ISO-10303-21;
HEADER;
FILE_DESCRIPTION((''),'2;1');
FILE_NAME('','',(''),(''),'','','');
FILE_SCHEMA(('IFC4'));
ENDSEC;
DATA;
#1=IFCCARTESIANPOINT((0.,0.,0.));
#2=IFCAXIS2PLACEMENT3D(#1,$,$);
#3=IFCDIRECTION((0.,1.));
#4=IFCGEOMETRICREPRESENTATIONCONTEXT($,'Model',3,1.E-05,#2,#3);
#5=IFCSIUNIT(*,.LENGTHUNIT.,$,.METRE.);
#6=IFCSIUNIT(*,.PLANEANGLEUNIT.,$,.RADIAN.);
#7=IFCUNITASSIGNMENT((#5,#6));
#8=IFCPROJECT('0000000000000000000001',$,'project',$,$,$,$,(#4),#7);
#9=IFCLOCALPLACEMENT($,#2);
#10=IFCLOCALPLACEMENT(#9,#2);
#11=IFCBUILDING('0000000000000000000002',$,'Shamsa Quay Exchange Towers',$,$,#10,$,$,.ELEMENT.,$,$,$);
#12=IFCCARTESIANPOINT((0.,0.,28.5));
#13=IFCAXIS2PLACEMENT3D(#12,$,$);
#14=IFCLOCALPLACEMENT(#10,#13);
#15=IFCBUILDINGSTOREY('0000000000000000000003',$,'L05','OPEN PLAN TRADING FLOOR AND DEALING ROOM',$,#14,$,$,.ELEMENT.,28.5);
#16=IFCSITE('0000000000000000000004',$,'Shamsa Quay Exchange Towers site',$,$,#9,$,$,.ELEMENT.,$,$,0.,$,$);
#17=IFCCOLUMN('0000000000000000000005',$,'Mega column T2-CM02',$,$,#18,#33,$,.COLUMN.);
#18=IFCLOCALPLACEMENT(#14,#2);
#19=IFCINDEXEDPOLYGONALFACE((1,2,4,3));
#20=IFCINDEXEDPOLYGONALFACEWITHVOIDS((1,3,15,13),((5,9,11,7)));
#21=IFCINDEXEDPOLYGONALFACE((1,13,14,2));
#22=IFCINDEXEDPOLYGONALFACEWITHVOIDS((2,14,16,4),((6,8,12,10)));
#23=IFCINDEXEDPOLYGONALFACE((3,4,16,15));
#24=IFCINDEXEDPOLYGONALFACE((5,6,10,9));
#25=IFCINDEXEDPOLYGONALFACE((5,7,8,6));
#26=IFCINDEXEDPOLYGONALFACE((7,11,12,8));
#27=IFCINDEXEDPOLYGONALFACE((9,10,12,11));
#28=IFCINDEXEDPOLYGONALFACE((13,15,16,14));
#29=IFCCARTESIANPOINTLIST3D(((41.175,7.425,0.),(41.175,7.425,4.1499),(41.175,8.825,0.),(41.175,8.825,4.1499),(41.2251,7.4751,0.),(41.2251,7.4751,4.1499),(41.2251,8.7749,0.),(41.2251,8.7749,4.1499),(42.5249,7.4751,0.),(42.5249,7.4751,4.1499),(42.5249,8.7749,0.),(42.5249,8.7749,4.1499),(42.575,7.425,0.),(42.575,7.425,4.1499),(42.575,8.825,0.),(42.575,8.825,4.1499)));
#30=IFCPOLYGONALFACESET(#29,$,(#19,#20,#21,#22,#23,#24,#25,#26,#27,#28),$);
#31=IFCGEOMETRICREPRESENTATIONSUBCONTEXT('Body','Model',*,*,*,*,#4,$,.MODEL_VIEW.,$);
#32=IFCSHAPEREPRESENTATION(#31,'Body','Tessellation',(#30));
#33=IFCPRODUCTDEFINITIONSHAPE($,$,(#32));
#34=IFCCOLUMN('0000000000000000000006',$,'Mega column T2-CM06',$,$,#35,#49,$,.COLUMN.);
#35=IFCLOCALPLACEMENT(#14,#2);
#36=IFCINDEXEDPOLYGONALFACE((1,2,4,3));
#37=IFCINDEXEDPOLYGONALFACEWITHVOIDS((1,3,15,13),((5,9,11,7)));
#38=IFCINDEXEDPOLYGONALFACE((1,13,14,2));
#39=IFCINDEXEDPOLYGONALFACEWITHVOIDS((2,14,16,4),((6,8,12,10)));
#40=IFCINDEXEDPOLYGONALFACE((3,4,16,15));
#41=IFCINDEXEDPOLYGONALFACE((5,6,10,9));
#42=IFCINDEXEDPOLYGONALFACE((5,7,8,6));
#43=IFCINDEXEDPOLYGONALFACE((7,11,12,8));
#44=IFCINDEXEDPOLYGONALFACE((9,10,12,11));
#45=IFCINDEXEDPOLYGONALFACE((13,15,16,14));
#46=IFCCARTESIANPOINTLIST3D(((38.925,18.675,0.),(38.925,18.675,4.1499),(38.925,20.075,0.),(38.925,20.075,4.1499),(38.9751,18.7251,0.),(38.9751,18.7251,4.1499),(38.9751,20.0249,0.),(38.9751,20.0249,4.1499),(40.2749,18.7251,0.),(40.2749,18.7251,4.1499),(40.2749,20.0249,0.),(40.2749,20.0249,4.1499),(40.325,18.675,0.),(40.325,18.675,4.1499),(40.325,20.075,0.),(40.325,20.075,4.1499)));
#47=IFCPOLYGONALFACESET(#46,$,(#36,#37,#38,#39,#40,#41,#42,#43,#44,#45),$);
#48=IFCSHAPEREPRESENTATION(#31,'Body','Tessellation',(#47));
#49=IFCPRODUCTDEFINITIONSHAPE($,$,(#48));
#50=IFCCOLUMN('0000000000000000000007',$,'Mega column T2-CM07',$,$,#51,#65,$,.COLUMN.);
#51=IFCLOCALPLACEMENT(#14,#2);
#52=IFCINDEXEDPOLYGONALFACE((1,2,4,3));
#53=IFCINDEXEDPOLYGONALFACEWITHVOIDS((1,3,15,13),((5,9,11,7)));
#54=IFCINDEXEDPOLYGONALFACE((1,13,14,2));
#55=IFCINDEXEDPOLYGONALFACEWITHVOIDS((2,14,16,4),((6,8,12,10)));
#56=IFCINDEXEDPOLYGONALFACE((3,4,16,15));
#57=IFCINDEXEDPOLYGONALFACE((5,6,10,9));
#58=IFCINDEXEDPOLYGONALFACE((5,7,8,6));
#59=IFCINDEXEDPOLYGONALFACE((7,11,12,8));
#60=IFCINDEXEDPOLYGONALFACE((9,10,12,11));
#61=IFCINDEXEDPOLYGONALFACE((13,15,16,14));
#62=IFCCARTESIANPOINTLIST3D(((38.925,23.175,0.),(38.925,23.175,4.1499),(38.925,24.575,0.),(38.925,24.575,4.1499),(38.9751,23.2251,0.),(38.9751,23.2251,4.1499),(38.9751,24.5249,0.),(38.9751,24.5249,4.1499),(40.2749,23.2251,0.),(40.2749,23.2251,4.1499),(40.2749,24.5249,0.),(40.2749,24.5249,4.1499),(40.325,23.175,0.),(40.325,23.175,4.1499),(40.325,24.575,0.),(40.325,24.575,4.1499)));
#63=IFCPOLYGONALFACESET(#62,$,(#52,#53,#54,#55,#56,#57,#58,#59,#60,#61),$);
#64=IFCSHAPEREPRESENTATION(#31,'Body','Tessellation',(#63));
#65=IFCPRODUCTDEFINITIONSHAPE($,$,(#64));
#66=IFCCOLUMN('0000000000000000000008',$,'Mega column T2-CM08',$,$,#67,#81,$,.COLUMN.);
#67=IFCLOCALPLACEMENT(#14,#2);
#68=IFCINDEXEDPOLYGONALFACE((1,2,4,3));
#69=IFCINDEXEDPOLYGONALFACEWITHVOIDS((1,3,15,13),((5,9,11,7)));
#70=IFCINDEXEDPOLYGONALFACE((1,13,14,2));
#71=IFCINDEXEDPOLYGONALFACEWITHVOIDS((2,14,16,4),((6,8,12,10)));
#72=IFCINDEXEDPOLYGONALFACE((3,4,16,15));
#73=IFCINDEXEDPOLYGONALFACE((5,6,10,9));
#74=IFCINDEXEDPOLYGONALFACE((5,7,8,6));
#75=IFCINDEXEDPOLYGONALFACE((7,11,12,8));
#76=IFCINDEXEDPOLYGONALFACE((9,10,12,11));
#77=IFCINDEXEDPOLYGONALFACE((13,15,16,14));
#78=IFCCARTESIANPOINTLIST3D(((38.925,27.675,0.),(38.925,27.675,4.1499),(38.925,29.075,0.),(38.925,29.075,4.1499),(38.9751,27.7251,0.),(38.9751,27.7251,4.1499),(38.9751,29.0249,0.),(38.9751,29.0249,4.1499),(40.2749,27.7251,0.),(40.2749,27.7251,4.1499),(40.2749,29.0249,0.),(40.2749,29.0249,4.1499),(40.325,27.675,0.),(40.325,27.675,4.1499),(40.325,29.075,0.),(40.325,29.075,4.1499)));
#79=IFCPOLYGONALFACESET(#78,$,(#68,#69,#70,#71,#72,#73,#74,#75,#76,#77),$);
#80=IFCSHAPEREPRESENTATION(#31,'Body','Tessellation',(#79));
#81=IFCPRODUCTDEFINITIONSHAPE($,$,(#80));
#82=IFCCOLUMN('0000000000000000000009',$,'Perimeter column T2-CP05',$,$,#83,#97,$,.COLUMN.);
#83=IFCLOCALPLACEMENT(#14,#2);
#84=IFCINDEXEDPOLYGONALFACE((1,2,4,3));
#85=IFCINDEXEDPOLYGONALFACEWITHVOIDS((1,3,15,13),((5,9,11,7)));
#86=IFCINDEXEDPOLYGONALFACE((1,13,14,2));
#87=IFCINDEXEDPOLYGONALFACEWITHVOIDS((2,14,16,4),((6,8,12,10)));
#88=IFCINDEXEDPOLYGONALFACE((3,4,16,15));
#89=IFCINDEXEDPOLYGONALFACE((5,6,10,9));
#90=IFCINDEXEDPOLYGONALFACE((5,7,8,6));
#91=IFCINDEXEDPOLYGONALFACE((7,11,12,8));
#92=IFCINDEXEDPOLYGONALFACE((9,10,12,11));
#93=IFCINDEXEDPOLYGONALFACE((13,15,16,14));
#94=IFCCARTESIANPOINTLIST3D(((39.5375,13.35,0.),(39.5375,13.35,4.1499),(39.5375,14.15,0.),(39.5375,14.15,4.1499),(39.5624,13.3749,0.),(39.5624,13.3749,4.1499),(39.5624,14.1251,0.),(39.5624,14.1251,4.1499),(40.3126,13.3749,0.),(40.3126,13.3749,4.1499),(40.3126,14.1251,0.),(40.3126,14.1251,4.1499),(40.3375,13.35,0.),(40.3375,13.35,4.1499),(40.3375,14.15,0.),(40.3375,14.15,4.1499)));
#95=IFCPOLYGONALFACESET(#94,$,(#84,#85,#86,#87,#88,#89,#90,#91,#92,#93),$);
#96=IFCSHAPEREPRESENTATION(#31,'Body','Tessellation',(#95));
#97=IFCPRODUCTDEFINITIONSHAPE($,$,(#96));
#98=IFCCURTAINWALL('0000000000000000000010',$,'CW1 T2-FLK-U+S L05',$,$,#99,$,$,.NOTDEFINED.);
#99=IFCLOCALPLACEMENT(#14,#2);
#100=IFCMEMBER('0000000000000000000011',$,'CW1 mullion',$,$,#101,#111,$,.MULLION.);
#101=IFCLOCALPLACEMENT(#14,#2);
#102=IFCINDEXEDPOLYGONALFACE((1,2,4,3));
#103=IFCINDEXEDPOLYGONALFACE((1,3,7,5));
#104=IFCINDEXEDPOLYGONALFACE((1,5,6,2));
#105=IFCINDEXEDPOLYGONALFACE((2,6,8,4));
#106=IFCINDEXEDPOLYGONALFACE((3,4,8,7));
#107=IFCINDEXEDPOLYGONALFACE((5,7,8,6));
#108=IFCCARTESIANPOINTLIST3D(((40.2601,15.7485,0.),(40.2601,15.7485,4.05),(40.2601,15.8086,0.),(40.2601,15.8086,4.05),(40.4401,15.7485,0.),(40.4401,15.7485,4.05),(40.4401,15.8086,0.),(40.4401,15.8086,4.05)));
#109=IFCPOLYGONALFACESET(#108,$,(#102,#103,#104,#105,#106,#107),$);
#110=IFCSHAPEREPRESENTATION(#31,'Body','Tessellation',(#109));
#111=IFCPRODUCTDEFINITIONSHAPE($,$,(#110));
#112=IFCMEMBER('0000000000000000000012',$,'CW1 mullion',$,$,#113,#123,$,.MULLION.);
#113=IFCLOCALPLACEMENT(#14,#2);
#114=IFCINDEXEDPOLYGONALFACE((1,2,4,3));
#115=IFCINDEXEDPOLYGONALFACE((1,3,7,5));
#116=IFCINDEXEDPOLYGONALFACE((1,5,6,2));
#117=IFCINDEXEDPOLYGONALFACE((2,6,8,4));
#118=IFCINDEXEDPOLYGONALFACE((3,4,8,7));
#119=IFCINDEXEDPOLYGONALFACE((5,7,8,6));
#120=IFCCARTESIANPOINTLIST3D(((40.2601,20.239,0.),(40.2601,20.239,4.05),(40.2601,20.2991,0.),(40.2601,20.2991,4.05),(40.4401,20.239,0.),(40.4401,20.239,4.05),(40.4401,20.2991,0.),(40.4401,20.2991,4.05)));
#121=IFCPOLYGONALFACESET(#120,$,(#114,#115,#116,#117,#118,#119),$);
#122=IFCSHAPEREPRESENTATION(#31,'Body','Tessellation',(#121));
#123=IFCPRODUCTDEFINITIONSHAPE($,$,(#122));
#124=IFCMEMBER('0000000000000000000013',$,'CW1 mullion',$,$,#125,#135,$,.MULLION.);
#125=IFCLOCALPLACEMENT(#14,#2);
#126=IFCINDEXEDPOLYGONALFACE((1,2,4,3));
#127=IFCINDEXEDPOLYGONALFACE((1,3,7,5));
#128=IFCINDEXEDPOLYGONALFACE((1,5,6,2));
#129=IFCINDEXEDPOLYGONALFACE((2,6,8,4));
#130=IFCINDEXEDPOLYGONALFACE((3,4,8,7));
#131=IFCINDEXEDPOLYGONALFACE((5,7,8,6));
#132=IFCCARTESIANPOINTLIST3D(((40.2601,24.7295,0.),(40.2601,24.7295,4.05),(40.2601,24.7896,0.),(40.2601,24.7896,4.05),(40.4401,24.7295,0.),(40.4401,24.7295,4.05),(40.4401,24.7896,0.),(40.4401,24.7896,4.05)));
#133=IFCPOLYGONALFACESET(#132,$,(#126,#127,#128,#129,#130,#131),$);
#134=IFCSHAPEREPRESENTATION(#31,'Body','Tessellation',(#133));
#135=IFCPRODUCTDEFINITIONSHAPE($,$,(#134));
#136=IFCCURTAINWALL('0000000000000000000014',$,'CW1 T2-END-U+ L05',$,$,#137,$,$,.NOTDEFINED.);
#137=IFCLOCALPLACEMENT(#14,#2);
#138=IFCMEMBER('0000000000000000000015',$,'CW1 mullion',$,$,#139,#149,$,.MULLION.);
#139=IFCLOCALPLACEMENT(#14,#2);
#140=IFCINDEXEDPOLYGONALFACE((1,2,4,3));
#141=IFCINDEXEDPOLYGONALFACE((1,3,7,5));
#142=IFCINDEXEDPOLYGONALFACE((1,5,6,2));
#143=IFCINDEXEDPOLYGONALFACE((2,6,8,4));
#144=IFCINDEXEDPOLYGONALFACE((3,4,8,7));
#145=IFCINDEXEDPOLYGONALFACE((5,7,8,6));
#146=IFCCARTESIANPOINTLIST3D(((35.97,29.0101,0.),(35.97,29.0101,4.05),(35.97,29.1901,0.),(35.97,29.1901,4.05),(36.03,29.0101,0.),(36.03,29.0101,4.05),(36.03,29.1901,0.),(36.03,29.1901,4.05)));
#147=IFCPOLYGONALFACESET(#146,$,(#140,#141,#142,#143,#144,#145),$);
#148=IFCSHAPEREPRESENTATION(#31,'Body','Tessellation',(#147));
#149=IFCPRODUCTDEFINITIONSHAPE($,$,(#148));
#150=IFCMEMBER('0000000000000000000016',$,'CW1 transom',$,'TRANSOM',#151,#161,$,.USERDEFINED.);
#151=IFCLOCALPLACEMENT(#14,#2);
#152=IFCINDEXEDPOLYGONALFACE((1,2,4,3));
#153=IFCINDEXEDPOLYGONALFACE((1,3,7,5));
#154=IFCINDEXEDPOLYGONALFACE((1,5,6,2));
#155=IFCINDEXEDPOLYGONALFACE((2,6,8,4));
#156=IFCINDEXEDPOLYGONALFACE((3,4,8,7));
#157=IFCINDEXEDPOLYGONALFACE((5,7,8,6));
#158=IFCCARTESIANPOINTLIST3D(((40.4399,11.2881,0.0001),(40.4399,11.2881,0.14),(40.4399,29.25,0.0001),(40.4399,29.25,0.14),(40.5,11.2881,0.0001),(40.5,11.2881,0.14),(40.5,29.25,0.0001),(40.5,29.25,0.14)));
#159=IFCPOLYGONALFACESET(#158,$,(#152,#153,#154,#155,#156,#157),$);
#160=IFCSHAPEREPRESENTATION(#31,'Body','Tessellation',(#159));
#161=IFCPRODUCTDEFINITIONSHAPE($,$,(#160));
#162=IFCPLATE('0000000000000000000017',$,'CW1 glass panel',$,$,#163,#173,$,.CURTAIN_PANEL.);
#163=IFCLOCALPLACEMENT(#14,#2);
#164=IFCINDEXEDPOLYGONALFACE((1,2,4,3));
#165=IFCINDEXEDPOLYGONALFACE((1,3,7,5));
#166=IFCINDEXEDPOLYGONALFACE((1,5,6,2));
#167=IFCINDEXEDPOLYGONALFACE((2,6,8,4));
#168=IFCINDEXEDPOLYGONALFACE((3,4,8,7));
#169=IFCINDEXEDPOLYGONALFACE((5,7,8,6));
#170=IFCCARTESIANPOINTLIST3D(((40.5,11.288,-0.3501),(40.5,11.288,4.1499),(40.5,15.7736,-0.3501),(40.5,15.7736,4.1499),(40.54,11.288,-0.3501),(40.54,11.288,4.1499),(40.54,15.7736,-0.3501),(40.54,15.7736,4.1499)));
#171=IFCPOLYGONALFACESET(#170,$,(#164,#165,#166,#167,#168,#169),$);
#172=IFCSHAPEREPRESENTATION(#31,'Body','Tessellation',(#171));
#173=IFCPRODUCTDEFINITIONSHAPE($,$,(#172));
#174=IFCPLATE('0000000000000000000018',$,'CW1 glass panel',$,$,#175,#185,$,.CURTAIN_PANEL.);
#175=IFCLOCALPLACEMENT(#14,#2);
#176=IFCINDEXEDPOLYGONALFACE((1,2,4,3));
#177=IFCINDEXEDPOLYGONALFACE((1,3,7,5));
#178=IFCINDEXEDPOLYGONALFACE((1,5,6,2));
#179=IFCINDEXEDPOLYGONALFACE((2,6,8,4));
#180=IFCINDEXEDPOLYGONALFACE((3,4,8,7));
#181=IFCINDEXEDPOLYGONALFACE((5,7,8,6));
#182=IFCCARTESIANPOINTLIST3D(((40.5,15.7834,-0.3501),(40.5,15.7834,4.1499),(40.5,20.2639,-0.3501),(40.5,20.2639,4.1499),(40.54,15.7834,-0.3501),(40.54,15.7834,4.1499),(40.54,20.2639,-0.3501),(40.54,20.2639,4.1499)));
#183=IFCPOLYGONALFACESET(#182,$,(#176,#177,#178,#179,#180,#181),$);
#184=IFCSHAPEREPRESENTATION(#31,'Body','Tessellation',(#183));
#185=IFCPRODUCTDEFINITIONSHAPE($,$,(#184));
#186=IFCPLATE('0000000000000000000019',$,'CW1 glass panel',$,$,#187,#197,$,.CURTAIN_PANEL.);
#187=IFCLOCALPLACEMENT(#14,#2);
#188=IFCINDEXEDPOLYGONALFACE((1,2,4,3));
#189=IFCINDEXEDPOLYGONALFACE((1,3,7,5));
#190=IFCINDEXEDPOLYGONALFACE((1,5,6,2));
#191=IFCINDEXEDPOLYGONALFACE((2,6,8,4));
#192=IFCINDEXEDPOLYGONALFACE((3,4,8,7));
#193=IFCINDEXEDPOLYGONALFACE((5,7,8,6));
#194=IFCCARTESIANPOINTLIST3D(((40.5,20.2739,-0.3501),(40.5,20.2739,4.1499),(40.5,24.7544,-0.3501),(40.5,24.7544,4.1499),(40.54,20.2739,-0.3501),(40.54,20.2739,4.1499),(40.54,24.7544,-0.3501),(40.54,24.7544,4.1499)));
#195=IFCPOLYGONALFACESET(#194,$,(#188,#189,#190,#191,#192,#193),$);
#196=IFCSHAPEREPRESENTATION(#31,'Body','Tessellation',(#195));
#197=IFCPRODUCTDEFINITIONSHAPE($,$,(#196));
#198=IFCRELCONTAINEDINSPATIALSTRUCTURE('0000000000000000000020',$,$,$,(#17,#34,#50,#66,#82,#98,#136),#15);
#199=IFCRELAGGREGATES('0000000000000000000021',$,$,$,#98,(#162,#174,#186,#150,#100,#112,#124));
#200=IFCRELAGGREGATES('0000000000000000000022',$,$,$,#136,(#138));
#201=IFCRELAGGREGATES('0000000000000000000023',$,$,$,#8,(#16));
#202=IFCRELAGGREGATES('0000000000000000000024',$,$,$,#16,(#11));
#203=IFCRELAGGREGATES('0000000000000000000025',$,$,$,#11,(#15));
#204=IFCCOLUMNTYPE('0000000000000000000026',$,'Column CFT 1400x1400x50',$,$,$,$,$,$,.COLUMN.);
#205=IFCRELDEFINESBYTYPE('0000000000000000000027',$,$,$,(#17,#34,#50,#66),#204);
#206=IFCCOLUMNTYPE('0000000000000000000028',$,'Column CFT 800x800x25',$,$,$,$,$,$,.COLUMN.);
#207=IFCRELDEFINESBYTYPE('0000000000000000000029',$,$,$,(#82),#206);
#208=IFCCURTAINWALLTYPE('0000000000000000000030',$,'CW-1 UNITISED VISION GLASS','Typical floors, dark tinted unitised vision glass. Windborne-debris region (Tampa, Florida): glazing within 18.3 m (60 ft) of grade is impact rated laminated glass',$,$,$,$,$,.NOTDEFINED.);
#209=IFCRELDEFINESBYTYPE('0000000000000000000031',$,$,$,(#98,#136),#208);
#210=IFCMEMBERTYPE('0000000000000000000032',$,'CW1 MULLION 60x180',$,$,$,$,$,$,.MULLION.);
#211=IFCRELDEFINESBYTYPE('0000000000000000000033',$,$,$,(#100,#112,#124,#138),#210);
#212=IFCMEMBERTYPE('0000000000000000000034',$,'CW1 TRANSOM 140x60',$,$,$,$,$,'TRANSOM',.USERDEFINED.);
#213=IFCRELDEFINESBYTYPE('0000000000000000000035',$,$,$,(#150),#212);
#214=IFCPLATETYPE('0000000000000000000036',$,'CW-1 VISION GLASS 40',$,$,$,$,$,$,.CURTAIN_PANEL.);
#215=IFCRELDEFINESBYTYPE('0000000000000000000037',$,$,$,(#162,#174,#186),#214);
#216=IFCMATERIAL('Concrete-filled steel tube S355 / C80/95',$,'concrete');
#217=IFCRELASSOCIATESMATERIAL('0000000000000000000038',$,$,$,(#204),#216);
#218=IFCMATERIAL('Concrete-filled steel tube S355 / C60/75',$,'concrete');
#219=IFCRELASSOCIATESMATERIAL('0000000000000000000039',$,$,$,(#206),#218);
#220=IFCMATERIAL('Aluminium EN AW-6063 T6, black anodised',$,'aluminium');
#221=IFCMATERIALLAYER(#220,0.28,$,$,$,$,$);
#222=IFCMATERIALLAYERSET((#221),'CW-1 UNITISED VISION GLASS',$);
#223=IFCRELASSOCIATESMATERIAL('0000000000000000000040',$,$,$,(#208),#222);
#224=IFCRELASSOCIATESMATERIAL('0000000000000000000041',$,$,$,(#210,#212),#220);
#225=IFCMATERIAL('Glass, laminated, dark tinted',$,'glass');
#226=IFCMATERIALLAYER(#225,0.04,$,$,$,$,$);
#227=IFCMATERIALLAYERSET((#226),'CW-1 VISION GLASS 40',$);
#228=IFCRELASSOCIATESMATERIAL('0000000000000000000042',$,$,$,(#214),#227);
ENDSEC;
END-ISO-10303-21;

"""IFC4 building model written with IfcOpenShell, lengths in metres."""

from ifc_helpers import new_model, si_unit, direction, frame, origin, origin_2d, place, context, subcontext, project, spatial, rectangle, hollow_rectangle, extrude, material, layer, layer_set, material_profile, profile_set, type_object, element, aggregate, save


model = new_model("IFC4")

# Units and contexts
model_context = context("Model", 3, precision=1e-05, world=origin(), true_north=direction((0.0, 1.0)))
body_context = subcontext(model_context, "Body", "Model", "MODEL_VIEW")
ifc_project = project(units=[si_unit("LENGTHUNIT", "METRE"), si_unit("PLANEANGLEUNIT", "RADIAN")], contexts=[model_context])

# Site, building, storey
site_placement = place(None, origin())
site = spatial("IfcSite", under=ifc_project, at=site_placement, Name="Shamsa Quay Exchange Towers site", CompositionType="ELEMENT", RefElevation=0.0)
building_placement = place(site_placement, origin())
building = spatial("IfcBuilding", under=site, at=building_placement, Name="Shamsa Quay Exchange Towers", CompositionType="ELEMENT")
storey_placement = place(building_placement, frame((0.0, 0.0, 28.5)))
storey = spatial("IfcBuildingStorey", under=building, at=storey_placement, Name="L05", Description="OPEN PLAN TRADING FLOOR AND DEALING ROOM", CompositionType="ELEMENT", Elevation=28.5)

# Columns
ifc_material_1 = material(Name="Concrete-filled steel tube S355 / C80/95", Category="concrete")
ifc_material_profile_1 = material_profile(ifc_material_1, hollow_rectangle(XDim=1.3999, YDim=1.3999, WallThickness=0.05, at=origin_2d()), Name="CFT 1400x1400x50")
ifc_profile_set_1 = profile_set([ifc_material_profile_1], Name="Concrete-filled steel tube S355 / C80/95")
column_type_1 = type_object("IfcColumnType", Name="Column CFT 1400x1400x50", PredefinedType="COLUMN", material=ifc_profile_set_1)
for number, where, name in (
    (1, (41.875, 8.125, 0.0), "Mega column T2-CM02"),
    (2, (39.625, 19.375, 0.0), "Mega column T2-CM06"),
    (3, (39.625, 23.875, 0.0), "Mega column T2-CM07"),
    (4, (39.625, 28.375, 0.0), "Mega column T2-CM08"),
):
    element("IfcColumn", number, at=place(storey_placement, frame(where)), inside=storey, type_object=column_type_1, Name=name, PredefinedType="COLUMN", context=body_context, shape_type="SweptSolid", body=[
        extrude(hollow_rectangle(XDim=1.3999, YDim=1.3999, WallThickness=0.05, at=origin_2d()), origin(), (0.0, 0.0, 1.0), 4.1499),
    ])
ifc_material_2 = material(Name="Concrete-filled steel tube S355 / C60/75", Category="concrete")
ifc_material_profile_2 = material_profile(ifc_material_2, hollow_rectangle(XDim=0.8, YDim=0.8, WallThickness=0.0249, at=origin_2d()), Name="CFT 800x800x25")
ifc_profile_set_2 = profile_set([ifc_material_profile_2], Name="Concrete-filled steel tube S355 / C60/75")
column_type_2 = type_object("IfcColumnType", Name="Column CFT 800x800x25", PredefinedType="COLUMN", material=ifc_profile_set_2)
column_placement = place(storey_placement, frame((39.9375, 13.75, 0.0)))
element("IfcColumn", 5, at=column_placement, inside=storey, type_object=column_type_2, Name="Perimeter column T2-CP05", PredefinedType="COLUMN", context=body_context, shape_type="SweptSolid", body=[
    extrude(hollow_rectangle(XDim=0.8, YDim=0.8, WallThickness=0.0249, at=origin_2d()), origin(), (0.0, 0.0, 1.0), 4.1499),
])

# Curtain wall, members
ifc_material_3 = material(Name="Aluminium EN AW-6063 T6, black anodised", Category="aluminium")
ifc_layer_1 = layer(ifc_material_3, 0.28)
ifc_layer_set_1 = layer_set([ifc_layer_1], Name="CW-1 UNITISED VISION GLASS")
curtain_wall_type_1 = type_object("IfcCurtainWallType", Name="CW-1 UNITISED VISION GLASS", Description="Typical floors, dark tinted unitised vision glass. Windborne-debris region (Tampa, Florida): glazing within 18.3 m (60 ft) of grade is impact rated laminated glass", PredefinedType="NOTDEFINED", material=ifc_layer_set_1)
curtain_wall_1_placement = place(storey_placement, origin())
curtain_wall_1 = element("IfcCurtainWall", 6, at=curtain_wall_1_placement, inside=storey, type_object=curtain_wall_type_1, Name="CW1 T2-FLK-U+S L05", PredefinedType="NOTDEFINED")
ifc_material_profile_3 = material_profile(ifc_material_3, rectangle(XDim=0.1799, YDim=0.0601, at=origin_2d()), Name="MU60x180")
ifc_profile_set_3 = profile_set([ifc_material_profile_3], Name="Aluminium EN AW-6063 T6, black anodised")
member_type_1 = type_object("IfcMemberType", Name="CW1 MULLION 60x180", PredefinedType="MULLION", material=ifc_profile_set_3)
member_1_placement = place(storey_placement, frame((40.3501, 15.7786, 0.0), z_axis=(0.0, 0.0, 1.0), x_axis=(-1.0, 0.0, 0.0)))
member_1 = element("IfcMember", 7, at=member_1_placement, type_object=member_type_1, Name="CW1 mullion", PredefinedType="MULLION", context=body_context, shape_type="SweptSolid", body=[
    extrude(rectangle(XDim=0.1799, YDim=0.0601, at=origin_2d()), origin(), (0.0, 0.0, 1.0), 4.05),
])
member_2_placement = place(storey_placement, frame((40.3501, 20.269, 0.0), z_axis=(0.0, 0.0, 1.0), x_axis=(-1.0, 0.0, 0.0)))
member_2 = element("IfcMember", 8, at=member_2_placement, type_object=member_type_1, Name="CW1 mullion", PredefinedType="MULLION", context=body_context, shape_type="SweptSolid", body=[
    extrude(rectangle(XDim=0.1799, YDim=0.0601, at=origin_2d()), origin(), (0.0, 0.0, 1.0), 4.05),
])
member_3_placement = place(storey_placement, frame((40.3501, 24.7595, 0.0), z_axis=(0.0, 0.0, 1.0), x_axis=(-1.0, 0.0, 0.0)))
member_3 = element("IfcMember", 9, at=member_3_placement, type_object=member_type_1, Name="CW1 mullion", PredefinedType="MULLION", context=body_context, shape_type="SweptSolid", body=[
    extrude(rectangle(XDim=0.1799, YDim=0.0601, at=origin_2d()), origin(), (0.0, 0.0, 1.0), 4.05),
])

# Curtain wall, member
curtain_wall_2_placement = place(storey_placement, origin())
curtain_wall_2 = element("IfcCurtainWall", 10, at=curtain_wall_2_placement, inside=storey, type_object=curtain_wall_type_1, Name="CW1 T2-END-U+ L05", PredefinedType="NOTDEFINED")
member_4_placement = place(storey_placement, frame((36.0, 29.1001, 0.0), z_axis=(0.0, 0.0, 1.0), x_axis=(0.0, -1.0, 0.0)))
member_4 = element("IfcMember", 11, at=member_4_placement, type_object=member_type_1, Name="CW1 mullion", PredefinedType="MULLION", context=body_context, shape_type="SweptSolid", body=[
    extrude(rectangle(XDim=0.1799, YDim=0.0601, at=origin_2d()), origin(), (0.0, 0.0, 1.0), 4.05),
])

# Member
ifc_material_profile_4 = material_profile(ifc_material_3, rectangle(XDim=0.0601, YDim=0.1399, at=origin_2d()), Name="TR140x60")
ifc_profile_set_4 = profile_set([ifc_material_profile_4], Name="Aluminium EN AW-6063 T6, black anodised")
member_type_2 = type_object("IfcMemberType", Name="CW1 TRANSOM 140x60", ElementType="TRANSOM", PredefinedType="USERDEFINED", material=ifc_profile_set_4)
member_5_placement = place(storey_placement, frame((40.47, 11.2881, 0.0701), z_axis=(0.0, 1.0, 0.0), x_axis=(-1.0, 0.0, 0.0)))
member_5 = element("IfcMember", 12, at=member_5_placement, type_object=member_type_2, Name="CW1 transom", ObjectType="TRANSOM", PredefinedType="USERDEFINED", context=body_context, shape_type="SweptSolid", body=[
    extrude(rectangle(XDim=0.0601, YDim=0.1399, at=origin_2d()), origin(), (0.0, 0.0, 1.0), 17.9619),
])

# Plates
ifc_material_4 = material(Name="Glass, laminated, dark tinted", Category="glass")
ifc_layer_2 = layer(ifc_material_4, 0.04)
ifc_layer_set_2 = layer_set([ifc_layer_2], Name="CW-1 VISION GLASS 40")
plate_type_1 = type_object("IfcPlateType", Name="CW-1 VISION GLASS 40", PredefinedType="CURTAIN_PANEL", material=ifc_layer_set_2)
plate_1_placement = place(storey_placement, frame((40.52, 13.5308, -0.3501), z_axis=(0.0, 0.0, 1.0), x_axis=(0.0, 1.0, 0.0)))
plate_1 = element("IfcPlate", 13, at=plate_1_placement, type_object=plate_type_1, Name="CW1 glass panel", PredefinedType="CURTAIN_PANEL", context=body_context, shape_type="SweptSolid", body=[
    extrude(rectangle(XDim=4.4856, YDim=0.04, at=origin_2d()), origin(), (0.0, 0.0, 1.0), 4.5),
])
plate_2_placement = place(storey_placement, frame((40.52, 18.0237, -0.3501), z_axis=(0.0, 0.0, 1.0), x_axis=(0.0, 1.0, 0.0)))
plate_2 = element("IfcPlate", 14, at=plate_2_placement, type_object=plate_type_1, Name="CW1 glass panel", PredefinedType="CURTAIN_PANEL", context=body_context, shape_type="SweptSolid", body=[
    extrude(rectangle(XDim=4.4805, YDim=0.04, at=origin_2d()), origin(), (0.0, 0.0, 1.0), 4.5),
])
plate_3_placement = place(storey_placement, frame((40.52, 22.5142, -0.3501), z_axis=(0.0, 0.0, 1.0), x_axis=(0.0, 1.0, 0.0)))
plate_3 = element("IfcPlate", 15, at=plate_3_placement, type_object=plate_type_1, Name="CW1 glass panel", PredefinedType="CURTAIN_PANEL", context=body_context, shape_type="SweptSolid", body=[
    extrude(rectangle(XDim=4.4805, YDim=0.04, at=origin_2d()), origin(), (0.0, 0.0, 1.0), 4.5),
])
aggregate(curtain_wall_1, [plate_1, plate_2, plate_3, member_5, member_1, member_2, member_3])
aggregate(curtain_wall_2, [member_4])

save(model, "model.ifc")
